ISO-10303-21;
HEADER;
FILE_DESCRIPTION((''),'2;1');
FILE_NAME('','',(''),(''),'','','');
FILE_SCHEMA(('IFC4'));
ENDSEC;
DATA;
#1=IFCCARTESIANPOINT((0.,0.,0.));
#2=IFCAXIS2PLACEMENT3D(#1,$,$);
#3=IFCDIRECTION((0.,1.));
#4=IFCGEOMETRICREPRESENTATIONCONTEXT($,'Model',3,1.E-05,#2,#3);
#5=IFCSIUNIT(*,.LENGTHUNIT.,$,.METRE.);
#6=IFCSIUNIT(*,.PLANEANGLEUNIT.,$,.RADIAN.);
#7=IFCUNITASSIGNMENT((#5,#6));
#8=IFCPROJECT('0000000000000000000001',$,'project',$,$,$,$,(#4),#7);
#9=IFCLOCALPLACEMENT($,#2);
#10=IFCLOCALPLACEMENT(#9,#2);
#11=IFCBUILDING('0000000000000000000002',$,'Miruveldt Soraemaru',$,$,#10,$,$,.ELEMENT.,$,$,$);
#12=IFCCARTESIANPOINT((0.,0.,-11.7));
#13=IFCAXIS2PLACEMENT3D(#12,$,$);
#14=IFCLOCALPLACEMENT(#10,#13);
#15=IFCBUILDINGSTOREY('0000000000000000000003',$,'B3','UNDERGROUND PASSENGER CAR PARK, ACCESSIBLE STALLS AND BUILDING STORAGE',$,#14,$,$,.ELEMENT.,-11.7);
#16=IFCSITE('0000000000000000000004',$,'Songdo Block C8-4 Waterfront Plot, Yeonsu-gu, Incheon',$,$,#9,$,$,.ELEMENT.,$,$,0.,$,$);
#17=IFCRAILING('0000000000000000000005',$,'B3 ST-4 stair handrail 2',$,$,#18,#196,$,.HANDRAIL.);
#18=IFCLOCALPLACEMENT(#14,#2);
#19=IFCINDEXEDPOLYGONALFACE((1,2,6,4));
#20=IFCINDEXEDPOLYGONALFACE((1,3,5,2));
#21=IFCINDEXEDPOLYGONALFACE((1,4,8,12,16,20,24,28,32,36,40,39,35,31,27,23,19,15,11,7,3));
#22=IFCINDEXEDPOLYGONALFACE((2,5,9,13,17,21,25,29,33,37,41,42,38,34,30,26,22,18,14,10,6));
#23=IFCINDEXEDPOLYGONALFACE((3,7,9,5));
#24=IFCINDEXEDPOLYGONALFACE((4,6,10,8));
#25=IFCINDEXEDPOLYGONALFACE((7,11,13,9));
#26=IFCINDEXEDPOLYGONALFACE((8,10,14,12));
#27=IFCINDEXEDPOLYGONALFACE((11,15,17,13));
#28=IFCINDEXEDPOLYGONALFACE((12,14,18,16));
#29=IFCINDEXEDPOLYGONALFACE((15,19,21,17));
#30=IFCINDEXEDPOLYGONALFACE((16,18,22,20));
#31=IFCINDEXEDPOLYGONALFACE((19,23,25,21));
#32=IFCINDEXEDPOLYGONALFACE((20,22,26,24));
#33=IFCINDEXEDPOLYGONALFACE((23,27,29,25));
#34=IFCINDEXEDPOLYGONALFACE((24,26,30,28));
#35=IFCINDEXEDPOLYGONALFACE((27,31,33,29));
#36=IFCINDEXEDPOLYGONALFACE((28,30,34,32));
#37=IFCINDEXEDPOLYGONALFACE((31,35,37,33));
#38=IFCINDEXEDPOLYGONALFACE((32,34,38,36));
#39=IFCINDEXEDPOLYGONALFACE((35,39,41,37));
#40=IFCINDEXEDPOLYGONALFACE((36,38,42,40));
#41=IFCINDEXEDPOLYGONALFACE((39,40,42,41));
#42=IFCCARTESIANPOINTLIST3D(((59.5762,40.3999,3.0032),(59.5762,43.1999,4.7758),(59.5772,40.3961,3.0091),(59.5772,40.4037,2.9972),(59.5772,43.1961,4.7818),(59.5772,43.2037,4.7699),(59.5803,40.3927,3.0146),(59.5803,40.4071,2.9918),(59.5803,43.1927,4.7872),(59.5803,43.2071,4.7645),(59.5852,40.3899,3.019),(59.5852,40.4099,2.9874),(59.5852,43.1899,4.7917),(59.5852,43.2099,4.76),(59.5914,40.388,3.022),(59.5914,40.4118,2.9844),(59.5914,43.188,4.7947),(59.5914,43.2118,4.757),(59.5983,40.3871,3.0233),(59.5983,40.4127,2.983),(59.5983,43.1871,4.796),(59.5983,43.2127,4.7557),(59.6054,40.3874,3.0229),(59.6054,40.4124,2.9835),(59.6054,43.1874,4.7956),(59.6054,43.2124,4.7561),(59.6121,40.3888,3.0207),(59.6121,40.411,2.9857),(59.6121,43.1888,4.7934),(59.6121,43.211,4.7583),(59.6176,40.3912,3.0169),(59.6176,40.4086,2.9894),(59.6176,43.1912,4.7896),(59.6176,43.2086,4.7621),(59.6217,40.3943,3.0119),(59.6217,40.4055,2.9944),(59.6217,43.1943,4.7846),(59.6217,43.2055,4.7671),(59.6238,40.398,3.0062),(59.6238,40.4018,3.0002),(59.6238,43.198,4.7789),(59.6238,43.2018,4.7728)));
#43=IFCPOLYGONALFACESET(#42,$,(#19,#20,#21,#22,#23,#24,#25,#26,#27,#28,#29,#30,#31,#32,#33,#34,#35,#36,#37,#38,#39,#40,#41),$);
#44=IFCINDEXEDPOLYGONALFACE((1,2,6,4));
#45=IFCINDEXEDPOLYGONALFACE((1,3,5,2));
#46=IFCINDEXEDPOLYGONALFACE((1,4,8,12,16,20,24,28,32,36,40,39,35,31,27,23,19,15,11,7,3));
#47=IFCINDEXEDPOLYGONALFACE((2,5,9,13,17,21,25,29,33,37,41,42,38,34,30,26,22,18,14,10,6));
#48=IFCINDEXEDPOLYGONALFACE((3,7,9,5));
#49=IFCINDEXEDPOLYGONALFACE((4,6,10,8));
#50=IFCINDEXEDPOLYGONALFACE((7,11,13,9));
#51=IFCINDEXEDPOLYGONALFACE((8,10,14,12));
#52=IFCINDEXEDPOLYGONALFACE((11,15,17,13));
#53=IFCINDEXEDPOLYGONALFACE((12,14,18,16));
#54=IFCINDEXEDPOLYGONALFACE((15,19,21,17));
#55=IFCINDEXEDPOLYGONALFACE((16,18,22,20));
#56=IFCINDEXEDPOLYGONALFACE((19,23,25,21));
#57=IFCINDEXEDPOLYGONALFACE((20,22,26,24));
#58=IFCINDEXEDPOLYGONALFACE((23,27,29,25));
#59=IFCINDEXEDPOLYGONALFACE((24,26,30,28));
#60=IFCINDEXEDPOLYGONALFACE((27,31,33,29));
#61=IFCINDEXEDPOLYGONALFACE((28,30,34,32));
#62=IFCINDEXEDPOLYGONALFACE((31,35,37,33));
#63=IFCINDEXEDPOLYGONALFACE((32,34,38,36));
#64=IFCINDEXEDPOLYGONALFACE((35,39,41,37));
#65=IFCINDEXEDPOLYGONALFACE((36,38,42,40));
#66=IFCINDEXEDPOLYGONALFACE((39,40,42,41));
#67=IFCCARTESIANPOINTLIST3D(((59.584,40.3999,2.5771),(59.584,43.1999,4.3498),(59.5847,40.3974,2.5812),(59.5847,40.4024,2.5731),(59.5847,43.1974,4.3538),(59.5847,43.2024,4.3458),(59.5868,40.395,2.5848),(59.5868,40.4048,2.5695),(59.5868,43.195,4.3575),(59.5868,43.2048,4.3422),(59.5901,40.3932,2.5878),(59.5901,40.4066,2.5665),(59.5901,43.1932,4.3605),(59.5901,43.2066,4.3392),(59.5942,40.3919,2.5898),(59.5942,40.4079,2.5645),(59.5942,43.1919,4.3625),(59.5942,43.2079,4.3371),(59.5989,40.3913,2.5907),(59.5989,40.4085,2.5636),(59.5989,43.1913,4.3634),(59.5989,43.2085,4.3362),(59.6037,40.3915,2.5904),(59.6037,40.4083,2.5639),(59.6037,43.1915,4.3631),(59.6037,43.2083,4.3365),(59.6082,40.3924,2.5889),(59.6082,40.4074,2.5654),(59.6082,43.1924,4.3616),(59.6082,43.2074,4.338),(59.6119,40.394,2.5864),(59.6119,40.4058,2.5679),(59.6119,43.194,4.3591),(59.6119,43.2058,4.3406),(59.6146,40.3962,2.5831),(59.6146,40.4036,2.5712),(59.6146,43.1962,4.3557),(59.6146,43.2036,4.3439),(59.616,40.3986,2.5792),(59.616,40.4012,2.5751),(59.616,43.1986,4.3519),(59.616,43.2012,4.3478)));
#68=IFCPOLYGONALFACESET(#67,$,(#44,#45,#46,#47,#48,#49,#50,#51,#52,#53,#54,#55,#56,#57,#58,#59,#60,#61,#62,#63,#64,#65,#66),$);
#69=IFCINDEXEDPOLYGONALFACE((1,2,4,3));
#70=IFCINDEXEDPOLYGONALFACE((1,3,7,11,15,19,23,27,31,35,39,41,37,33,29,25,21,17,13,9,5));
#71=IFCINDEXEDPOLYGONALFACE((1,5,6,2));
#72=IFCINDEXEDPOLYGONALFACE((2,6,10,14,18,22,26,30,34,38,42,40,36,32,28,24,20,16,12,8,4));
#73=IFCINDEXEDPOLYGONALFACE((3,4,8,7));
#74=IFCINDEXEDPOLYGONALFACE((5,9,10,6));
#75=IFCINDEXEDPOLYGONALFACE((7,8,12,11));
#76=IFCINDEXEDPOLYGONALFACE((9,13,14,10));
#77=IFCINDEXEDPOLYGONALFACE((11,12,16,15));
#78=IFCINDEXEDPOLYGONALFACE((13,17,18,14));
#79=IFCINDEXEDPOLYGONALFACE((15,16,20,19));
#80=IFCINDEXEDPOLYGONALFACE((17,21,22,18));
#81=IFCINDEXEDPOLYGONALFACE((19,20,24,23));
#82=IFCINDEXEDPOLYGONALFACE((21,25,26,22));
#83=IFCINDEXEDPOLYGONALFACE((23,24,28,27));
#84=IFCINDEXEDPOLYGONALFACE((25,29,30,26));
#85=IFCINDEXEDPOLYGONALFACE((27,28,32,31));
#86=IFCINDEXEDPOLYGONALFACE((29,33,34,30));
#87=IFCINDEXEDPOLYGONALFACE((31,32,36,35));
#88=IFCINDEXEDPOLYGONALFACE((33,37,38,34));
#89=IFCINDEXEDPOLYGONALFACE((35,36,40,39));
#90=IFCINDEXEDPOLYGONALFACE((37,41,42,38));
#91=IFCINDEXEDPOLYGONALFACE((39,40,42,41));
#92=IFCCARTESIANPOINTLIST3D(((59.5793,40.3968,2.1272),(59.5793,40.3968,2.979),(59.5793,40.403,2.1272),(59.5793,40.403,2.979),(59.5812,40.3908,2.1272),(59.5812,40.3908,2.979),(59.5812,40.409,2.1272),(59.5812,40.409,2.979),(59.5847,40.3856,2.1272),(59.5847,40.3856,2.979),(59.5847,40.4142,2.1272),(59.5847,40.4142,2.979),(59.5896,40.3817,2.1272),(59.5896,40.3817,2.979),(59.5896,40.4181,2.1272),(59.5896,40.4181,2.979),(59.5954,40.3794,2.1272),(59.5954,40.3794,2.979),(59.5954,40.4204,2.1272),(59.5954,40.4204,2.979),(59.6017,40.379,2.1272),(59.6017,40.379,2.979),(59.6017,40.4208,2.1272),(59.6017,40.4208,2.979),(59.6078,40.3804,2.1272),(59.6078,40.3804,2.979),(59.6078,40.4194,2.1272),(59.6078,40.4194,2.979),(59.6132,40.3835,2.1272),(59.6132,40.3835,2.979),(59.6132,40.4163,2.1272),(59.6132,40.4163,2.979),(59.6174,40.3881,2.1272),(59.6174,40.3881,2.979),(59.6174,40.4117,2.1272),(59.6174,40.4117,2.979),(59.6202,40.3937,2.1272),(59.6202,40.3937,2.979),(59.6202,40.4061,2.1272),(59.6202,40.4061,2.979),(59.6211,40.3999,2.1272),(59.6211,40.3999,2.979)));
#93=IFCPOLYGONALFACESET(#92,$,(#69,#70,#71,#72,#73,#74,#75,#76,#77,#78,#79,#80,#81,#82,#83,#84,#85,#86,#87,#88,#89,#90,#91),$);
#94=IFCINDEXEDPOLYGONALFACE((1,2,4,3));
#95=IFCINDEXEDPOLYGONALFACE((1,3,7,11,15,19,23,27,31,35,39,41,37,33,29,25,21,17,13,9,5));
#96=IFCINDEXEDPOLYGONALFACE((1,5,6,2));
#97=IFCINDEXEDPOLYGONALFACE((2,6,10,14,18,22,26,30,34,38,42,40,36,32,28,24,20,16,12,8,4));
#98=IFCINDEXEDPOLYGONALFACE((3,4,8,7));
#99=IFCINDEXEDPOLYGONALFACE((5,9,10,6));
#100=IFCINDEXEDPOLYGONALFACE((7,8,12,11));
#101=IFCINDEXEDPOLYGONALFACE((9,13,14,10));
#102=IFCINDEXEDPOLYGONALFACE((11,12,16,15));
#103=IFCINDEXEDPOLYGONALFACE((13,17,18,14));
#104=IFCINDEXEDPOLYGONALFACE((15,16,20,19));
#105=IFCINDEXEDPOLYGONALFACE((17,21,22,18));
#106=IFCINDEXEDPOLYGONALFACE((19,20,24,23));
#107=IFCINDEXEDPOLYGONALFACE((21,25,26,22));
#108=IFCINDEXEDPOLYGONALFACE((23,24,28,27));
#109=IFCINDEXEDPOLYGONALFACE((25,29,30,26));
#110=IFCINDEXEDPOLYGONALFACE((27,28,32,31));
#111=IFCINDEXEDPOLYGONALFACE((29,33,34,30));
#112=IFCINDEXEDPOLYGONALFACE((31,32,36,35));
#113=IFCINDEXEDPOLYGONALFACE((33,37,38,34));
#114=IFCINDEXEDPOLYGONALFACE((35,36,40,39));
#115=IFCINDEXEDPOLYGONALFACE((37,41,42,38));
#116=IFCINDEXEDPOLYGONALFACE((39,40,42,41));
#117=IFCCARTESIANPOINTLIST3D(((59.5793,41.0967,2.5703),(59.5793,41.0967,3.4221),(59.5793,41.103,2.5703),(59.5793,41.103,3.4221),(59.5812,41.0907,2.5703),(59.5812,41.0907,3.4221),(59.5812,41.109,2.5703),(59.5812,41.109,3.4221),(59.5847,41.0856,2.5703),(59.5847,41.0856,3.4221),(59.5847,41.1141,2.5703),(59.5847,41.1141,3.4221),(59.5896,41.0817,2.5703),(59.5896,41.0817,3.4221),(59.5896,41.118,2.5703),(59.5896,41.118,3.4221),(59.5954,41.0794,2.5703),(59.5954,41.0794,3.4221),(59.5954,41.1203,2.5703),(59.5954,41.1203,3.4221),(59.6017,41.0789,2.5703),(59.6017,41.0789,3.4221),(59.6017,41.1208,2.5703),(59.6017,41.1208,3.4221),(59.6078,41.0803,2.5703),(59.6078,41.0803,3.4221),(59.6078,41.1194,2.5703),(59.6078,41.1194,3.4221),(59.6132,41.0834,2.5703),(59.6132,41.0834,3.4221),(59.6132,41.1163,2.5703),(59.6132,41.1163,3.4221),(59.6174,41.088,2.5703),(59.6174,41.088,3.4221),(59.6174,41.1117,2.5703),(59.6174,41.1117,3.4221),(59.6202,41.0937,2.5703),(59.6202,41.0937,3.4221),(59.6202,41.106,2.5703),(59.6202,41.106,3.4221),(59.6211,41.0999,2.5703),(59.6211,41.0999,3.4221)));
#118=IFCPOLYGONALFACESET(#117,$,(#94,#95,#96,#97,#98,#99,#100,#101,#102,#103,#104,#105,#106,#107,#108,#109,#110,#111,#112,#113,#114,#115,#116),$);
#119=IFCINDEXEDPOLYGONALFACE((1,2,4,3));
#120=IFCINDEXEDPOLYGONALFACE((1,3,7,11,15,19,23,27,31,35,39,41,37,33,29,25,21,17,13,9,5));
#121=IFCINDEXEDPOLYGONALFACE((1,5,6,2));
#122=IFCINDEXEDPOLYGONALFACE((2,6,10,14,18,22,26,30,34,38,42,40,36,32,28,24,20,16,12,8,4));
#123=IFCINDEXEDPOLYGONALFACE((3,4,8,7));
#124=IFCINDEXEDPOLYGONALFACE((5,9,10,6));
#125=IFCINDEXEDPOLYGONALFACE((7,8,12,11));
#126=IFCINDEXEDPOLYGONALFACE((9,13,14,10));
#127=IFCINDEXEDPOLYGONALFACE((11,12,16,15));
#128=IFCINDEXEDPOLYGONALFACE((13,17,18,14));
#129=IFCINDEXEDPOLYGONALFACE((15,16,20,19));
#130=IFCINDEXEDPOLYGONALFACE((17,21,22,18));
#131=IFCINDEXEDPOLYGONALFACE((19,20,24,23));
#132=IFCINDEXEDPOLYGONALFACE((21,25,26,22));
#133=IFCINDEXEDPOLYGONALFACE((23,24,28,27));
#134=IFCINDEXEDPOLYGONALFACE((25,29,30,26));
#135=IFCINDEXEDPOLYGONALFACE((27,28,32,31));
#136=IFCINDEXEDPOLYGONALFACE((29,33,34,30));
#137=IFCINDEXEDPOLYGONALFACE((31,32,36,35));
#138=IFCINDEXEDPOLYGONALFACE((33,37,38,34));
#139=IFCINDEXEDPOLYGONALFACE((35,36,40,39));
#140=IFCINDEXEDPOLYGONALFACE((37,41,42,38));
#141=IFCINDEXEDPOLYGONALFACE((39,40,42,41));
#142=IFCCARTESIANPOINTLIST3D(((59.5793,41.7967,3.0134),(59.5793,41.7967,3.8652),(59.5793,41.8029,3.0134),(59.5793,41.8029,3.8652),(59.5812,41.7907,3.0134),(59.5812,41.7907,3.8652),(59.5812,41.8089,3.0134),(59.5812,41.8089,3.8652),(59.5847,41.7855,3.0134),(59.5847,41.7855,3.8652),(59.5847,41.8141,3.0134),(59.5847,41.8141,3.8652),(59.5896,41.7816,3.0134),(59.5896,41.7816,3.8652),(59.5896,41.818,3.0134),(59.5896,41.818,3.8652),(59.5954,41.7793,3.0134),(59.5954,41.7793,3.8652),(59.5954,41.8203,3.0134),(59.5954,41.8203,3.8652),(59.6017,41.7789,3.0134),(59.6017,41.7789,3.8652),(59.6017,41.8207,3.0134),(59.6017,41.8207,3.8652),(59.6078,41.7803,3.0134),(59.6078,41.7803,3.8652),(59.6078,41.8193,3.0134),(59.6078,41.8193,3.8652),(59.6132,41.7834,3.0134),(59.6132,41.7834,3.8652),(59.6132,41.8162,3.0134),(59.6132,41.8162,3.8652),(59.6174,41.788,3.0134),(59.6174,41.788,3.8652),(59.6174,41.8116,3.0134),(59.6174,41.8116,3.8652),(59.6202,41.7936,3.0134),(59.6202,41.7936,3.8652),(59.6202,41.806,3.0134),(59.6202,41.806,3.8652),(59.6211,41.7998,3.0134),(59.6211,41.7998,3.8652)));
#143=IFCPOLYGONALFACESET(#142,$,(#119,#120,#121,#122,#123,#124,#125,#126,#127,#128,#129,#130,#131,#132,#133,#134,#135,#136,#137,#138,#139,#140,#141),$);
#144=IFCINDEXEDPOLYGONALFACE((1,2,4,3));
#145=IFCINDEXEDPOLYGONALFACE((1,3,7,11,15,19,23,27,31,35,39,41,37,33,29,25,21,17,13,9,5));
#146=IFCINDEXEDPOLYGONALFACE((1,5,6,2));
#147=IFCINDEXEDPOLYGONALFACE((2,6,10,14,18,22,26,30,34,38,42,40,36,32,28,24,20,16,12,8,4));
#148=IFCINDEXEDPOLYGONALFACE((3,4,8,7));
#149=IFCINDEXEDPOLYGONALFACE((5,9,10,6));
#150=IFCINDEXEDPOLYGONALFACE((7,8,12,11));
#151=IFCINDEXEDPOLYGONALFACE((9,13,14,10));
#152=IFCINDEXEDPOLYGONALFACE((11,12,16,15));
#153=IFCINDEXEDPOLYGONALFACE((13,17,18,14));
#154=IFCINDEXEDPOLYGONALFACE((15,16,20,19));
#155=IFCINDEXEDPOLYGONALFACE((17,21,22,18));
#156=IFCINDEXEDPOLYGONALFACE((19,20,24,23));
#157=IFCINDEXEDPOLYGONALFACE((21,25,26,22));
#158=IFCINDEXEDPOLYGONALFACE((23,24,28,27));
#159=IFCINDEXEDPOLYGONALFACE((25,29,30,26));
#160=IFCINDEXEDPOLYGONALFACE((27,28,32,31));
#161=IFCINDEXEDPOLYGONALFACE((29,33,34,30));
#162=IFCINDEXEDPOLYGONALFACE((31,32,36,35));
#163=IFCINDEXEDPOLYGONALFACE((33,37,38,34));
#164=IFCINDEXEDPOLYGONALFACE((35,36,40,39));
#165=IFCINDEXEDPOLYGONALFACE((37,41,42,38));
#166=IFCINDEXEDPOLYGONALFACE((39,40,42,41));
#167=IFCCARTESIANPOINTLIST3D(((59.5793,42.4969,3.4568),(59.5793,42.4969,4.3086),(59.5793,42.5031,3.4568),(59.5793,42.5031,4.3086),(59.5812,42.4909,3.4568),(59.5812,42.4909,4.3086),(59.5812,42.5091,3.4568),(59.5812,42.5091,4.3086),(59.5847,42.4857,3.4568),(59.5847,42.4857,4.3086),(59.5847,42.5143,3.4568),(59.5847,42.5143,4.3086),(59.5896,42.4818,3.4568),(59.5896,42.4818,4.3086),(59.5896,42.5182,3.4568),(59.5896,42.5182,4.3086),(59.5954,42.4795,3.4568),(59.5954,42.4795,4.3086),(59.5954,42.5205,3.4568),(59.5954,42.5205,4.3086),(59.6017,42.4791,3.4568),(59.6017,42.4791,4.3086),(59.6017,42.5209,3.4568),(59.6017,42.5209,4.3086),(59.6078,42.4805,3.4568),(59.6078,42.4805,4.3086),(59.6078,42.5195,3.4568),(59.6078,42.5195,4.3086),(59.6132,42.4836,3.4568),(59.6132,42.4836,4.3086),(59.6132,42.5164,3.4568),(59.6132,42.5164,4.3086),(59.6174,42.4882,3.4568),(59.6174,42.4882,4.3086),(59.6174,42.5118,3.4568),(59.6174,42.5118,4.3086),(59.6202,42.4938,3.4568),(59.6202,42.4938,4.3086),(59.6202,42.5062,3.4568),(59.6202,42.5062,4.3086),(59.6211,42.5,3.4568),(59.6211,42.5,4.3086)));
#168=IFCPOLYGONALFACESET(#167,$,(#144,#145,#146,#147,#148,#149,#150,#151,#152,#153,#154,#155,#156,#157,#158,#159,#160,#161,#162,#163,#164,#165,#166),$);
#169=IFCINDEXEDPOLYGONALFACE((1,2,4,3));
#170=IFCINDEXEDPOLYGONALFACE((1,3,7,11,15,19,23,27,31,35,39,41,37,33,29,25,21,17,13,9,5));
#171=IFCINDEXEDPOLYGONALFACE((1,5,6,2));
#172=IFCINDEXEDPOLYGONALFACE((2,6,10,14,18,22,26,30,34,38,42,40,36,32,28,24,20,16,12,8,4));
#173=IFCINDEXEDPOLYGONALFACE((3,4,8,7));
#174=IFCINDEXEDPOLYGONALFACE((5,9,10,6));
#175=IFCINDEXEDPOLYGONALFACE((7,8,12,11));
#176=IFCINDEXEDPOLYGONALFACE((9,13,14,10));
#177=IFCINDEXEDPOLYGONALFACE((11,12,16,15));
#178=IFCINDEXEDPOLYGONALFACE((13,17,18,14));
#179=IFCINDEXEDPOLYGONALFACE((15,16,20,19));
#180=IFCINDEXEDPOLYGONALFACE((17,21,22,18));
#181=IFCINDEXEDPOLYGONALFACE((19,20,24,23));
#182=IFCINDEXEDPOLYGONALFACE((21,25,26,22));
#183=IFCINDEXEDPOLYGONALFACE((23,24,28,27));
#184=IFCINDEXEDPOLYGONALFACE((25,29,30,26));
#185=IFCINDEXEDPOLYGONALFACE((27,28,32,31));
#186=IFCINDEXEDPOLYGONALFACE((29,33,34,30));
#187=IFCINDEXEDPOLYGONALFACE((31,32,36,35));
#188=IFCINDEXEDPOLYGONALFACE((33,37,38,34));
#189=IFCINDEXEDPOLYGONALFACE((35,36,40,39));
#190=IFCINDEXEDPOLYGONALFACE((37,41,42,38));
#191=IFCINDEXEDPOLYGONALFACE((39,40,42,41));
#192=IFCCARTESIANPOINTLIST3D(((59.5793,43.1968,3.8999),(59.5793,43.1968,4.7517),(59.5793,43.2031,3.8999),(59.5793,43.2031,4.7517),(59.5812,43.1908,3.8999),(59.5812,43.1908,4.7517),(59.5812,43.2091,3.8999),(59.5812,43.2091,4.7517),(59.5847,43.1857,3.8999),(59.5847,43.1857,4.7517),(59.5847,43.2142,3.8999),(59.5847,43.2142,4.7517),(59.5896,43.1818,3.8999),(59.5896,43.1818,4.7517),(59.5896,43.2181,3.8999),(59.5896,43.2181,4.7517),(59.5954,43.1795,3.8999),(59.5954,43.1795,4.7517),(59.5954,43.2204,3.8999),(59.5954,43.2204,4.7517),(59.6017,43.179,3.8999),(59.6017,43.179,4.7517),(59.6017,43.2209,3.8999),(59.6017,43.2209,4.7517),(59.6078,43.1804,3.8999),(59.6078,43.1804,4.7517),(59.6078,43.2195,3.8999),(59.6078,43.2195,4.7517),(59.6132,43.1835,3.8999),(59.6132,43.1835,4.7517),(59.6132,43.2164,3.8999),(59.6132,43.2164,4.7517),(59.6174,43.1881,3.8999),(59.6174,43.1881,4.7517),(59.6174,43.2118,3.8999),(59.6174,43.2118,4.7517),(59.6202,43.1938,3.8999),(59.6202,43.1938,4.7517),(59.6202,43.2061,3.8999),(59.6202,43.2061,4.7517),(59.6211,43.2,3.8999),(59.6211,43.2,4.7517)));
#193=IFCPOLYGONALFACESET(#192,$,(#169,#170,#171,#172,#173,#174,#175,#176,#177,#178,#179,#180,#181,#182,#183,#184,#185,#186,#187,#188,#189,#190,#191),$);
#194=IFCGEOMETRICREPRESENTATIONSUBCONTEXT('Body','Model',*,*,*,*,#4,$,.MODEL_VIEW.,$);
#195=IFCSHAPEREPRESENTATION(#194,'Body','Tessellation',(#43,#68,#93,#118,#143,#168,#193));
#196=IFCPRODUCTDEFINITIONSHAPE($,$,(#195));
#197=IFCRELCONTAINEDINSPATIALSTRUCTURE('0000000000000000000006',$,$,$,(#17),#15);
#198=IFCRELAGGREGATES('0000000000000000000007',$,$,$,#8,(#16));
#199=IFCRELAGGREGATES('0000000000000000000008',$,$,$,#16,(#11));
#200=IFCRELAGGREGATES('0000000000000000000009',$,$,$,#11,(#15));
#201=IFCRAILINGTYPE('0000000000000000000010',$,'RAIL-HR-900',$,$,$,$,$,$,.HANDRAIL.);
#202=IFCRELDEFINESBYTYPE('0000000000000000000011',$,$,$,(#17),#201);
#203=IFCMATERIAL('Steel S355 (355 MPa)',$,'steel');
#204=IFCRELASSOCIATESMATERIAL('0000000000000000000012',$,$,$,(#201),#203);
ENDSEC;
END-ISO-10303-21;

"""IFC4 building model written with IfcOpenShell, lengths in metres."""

from ifc_helpers import new_model, si_unit, direction, frame, origin, origin_2d, place, context, subcontext, project, spatial, circle, extrude, material, type_object, element, save


model = new_model("IFC4")

# Units and contexts
model_context = context("Model", 3, precision=1e-05, world=origin(), true_north=direction((0.0, 1.0)))
body_context = subcontext(model_context, "Body", "Model", "MODEL_VIEW")
ifc_project = project(units=[si_unit("LENGTHUNIT", "METRE"), si_unit("PLANEANGLEUNIT", "RADIAN")], contexts=[model_context])

# Site, building, storey
site_placement = place(None, origin())
site = spatial("IfcSite", under=ifc_project, at=site_placement, Name="Songdo Block C8-4 Waterfront Plot, Yeonsu-gu, Incheon", CompositionType="ELEMENT", RefElevation=0.0)
building_placement = place(site_placement, origin())
building = spatial("IfcBuilding", under=site, at=building_placement, Name="Miruveldt Soraemaru", CompositionType="ELEMENT")
storey_placement = place(building_placement, frame((0.0, 0.0, -11.7)))
storey = spatial("IfcBuildingStorey", under=building, at=storey_placement, Name="B3", Description="UNDERGROUND PASSENGER CAR PARK, ACCESSIBLE STALLS AND BUILDING STORAGE", CompositionType="ELEMENT", Elevation=-11.7)

# Shared definitions
ifc_material_1 = material(Name="Steel S355 (355 MPa)", Category="steel")

# Railing
railing_type_1 = type_object("IfcRailingType", Name="RAIL-HR-900", PredefinedType="HANDRAIL", material=ifc_material_1)
railing_1_placement = place(storey_placement, frame((59.6001, 40.3999, 2.1272)))
element("IfcRailing", 1, at=railing_1_placement, inside=storey, type_object=railing_type_1, Name="B3 ST-4 stair handrail 2", PredefinedType="HANDRAIL", context=body_context, shape_type="SweptSolid", body=[
    extrude(circle(Radius=0.0239, at=origin_2d()), frame((0.0, 0.0, 0.876), z_axis=(0.0, 0.844909, 0.53491), x_axis=(-1.0, 0.0, 0.0)), (0.0, 0.0, 1.0), 3.314),
    extrude(circle(Radius=0.0161, at=origin_2d()), frame((0.0, 0.0, 0.45), z_axis=(0.0, 0.844909, 0.53491), x_axis=(-1.0, 0.0, 0.0)), (0.0, 0.0, 1.0), 3.314),
    extrude(circle(Radius=0.021, at=origin_2d()), origin(), (0.0, 0.0, 1.0), 0.8518),
    extrude(circle(Radius=0.021, at=origin_2d()), frame((0.0, 0.7, 0.4431)), (0.0, 0.0, 1.0), 0.8518),
    extrude(circle(Radius=0.021, at=origin_2d()), frame((0.0, 1.3999, 0.8862)), (0.0, 0.0, 1.0), 0.8518),
    extrude(circle(Radius=0.021, at=origin_2d()), frame((0.0, 2.1001, 1.3296)), (0.0, 0.0, 1.0), 0.8518),
    extrude(circle(Radius=0.021, at=origin_2d()), frame((0.0, 2.8, 1.7727)), (0.0, 0.0, 1.0), 0.8518),
])

save(model, "model.ifc")
